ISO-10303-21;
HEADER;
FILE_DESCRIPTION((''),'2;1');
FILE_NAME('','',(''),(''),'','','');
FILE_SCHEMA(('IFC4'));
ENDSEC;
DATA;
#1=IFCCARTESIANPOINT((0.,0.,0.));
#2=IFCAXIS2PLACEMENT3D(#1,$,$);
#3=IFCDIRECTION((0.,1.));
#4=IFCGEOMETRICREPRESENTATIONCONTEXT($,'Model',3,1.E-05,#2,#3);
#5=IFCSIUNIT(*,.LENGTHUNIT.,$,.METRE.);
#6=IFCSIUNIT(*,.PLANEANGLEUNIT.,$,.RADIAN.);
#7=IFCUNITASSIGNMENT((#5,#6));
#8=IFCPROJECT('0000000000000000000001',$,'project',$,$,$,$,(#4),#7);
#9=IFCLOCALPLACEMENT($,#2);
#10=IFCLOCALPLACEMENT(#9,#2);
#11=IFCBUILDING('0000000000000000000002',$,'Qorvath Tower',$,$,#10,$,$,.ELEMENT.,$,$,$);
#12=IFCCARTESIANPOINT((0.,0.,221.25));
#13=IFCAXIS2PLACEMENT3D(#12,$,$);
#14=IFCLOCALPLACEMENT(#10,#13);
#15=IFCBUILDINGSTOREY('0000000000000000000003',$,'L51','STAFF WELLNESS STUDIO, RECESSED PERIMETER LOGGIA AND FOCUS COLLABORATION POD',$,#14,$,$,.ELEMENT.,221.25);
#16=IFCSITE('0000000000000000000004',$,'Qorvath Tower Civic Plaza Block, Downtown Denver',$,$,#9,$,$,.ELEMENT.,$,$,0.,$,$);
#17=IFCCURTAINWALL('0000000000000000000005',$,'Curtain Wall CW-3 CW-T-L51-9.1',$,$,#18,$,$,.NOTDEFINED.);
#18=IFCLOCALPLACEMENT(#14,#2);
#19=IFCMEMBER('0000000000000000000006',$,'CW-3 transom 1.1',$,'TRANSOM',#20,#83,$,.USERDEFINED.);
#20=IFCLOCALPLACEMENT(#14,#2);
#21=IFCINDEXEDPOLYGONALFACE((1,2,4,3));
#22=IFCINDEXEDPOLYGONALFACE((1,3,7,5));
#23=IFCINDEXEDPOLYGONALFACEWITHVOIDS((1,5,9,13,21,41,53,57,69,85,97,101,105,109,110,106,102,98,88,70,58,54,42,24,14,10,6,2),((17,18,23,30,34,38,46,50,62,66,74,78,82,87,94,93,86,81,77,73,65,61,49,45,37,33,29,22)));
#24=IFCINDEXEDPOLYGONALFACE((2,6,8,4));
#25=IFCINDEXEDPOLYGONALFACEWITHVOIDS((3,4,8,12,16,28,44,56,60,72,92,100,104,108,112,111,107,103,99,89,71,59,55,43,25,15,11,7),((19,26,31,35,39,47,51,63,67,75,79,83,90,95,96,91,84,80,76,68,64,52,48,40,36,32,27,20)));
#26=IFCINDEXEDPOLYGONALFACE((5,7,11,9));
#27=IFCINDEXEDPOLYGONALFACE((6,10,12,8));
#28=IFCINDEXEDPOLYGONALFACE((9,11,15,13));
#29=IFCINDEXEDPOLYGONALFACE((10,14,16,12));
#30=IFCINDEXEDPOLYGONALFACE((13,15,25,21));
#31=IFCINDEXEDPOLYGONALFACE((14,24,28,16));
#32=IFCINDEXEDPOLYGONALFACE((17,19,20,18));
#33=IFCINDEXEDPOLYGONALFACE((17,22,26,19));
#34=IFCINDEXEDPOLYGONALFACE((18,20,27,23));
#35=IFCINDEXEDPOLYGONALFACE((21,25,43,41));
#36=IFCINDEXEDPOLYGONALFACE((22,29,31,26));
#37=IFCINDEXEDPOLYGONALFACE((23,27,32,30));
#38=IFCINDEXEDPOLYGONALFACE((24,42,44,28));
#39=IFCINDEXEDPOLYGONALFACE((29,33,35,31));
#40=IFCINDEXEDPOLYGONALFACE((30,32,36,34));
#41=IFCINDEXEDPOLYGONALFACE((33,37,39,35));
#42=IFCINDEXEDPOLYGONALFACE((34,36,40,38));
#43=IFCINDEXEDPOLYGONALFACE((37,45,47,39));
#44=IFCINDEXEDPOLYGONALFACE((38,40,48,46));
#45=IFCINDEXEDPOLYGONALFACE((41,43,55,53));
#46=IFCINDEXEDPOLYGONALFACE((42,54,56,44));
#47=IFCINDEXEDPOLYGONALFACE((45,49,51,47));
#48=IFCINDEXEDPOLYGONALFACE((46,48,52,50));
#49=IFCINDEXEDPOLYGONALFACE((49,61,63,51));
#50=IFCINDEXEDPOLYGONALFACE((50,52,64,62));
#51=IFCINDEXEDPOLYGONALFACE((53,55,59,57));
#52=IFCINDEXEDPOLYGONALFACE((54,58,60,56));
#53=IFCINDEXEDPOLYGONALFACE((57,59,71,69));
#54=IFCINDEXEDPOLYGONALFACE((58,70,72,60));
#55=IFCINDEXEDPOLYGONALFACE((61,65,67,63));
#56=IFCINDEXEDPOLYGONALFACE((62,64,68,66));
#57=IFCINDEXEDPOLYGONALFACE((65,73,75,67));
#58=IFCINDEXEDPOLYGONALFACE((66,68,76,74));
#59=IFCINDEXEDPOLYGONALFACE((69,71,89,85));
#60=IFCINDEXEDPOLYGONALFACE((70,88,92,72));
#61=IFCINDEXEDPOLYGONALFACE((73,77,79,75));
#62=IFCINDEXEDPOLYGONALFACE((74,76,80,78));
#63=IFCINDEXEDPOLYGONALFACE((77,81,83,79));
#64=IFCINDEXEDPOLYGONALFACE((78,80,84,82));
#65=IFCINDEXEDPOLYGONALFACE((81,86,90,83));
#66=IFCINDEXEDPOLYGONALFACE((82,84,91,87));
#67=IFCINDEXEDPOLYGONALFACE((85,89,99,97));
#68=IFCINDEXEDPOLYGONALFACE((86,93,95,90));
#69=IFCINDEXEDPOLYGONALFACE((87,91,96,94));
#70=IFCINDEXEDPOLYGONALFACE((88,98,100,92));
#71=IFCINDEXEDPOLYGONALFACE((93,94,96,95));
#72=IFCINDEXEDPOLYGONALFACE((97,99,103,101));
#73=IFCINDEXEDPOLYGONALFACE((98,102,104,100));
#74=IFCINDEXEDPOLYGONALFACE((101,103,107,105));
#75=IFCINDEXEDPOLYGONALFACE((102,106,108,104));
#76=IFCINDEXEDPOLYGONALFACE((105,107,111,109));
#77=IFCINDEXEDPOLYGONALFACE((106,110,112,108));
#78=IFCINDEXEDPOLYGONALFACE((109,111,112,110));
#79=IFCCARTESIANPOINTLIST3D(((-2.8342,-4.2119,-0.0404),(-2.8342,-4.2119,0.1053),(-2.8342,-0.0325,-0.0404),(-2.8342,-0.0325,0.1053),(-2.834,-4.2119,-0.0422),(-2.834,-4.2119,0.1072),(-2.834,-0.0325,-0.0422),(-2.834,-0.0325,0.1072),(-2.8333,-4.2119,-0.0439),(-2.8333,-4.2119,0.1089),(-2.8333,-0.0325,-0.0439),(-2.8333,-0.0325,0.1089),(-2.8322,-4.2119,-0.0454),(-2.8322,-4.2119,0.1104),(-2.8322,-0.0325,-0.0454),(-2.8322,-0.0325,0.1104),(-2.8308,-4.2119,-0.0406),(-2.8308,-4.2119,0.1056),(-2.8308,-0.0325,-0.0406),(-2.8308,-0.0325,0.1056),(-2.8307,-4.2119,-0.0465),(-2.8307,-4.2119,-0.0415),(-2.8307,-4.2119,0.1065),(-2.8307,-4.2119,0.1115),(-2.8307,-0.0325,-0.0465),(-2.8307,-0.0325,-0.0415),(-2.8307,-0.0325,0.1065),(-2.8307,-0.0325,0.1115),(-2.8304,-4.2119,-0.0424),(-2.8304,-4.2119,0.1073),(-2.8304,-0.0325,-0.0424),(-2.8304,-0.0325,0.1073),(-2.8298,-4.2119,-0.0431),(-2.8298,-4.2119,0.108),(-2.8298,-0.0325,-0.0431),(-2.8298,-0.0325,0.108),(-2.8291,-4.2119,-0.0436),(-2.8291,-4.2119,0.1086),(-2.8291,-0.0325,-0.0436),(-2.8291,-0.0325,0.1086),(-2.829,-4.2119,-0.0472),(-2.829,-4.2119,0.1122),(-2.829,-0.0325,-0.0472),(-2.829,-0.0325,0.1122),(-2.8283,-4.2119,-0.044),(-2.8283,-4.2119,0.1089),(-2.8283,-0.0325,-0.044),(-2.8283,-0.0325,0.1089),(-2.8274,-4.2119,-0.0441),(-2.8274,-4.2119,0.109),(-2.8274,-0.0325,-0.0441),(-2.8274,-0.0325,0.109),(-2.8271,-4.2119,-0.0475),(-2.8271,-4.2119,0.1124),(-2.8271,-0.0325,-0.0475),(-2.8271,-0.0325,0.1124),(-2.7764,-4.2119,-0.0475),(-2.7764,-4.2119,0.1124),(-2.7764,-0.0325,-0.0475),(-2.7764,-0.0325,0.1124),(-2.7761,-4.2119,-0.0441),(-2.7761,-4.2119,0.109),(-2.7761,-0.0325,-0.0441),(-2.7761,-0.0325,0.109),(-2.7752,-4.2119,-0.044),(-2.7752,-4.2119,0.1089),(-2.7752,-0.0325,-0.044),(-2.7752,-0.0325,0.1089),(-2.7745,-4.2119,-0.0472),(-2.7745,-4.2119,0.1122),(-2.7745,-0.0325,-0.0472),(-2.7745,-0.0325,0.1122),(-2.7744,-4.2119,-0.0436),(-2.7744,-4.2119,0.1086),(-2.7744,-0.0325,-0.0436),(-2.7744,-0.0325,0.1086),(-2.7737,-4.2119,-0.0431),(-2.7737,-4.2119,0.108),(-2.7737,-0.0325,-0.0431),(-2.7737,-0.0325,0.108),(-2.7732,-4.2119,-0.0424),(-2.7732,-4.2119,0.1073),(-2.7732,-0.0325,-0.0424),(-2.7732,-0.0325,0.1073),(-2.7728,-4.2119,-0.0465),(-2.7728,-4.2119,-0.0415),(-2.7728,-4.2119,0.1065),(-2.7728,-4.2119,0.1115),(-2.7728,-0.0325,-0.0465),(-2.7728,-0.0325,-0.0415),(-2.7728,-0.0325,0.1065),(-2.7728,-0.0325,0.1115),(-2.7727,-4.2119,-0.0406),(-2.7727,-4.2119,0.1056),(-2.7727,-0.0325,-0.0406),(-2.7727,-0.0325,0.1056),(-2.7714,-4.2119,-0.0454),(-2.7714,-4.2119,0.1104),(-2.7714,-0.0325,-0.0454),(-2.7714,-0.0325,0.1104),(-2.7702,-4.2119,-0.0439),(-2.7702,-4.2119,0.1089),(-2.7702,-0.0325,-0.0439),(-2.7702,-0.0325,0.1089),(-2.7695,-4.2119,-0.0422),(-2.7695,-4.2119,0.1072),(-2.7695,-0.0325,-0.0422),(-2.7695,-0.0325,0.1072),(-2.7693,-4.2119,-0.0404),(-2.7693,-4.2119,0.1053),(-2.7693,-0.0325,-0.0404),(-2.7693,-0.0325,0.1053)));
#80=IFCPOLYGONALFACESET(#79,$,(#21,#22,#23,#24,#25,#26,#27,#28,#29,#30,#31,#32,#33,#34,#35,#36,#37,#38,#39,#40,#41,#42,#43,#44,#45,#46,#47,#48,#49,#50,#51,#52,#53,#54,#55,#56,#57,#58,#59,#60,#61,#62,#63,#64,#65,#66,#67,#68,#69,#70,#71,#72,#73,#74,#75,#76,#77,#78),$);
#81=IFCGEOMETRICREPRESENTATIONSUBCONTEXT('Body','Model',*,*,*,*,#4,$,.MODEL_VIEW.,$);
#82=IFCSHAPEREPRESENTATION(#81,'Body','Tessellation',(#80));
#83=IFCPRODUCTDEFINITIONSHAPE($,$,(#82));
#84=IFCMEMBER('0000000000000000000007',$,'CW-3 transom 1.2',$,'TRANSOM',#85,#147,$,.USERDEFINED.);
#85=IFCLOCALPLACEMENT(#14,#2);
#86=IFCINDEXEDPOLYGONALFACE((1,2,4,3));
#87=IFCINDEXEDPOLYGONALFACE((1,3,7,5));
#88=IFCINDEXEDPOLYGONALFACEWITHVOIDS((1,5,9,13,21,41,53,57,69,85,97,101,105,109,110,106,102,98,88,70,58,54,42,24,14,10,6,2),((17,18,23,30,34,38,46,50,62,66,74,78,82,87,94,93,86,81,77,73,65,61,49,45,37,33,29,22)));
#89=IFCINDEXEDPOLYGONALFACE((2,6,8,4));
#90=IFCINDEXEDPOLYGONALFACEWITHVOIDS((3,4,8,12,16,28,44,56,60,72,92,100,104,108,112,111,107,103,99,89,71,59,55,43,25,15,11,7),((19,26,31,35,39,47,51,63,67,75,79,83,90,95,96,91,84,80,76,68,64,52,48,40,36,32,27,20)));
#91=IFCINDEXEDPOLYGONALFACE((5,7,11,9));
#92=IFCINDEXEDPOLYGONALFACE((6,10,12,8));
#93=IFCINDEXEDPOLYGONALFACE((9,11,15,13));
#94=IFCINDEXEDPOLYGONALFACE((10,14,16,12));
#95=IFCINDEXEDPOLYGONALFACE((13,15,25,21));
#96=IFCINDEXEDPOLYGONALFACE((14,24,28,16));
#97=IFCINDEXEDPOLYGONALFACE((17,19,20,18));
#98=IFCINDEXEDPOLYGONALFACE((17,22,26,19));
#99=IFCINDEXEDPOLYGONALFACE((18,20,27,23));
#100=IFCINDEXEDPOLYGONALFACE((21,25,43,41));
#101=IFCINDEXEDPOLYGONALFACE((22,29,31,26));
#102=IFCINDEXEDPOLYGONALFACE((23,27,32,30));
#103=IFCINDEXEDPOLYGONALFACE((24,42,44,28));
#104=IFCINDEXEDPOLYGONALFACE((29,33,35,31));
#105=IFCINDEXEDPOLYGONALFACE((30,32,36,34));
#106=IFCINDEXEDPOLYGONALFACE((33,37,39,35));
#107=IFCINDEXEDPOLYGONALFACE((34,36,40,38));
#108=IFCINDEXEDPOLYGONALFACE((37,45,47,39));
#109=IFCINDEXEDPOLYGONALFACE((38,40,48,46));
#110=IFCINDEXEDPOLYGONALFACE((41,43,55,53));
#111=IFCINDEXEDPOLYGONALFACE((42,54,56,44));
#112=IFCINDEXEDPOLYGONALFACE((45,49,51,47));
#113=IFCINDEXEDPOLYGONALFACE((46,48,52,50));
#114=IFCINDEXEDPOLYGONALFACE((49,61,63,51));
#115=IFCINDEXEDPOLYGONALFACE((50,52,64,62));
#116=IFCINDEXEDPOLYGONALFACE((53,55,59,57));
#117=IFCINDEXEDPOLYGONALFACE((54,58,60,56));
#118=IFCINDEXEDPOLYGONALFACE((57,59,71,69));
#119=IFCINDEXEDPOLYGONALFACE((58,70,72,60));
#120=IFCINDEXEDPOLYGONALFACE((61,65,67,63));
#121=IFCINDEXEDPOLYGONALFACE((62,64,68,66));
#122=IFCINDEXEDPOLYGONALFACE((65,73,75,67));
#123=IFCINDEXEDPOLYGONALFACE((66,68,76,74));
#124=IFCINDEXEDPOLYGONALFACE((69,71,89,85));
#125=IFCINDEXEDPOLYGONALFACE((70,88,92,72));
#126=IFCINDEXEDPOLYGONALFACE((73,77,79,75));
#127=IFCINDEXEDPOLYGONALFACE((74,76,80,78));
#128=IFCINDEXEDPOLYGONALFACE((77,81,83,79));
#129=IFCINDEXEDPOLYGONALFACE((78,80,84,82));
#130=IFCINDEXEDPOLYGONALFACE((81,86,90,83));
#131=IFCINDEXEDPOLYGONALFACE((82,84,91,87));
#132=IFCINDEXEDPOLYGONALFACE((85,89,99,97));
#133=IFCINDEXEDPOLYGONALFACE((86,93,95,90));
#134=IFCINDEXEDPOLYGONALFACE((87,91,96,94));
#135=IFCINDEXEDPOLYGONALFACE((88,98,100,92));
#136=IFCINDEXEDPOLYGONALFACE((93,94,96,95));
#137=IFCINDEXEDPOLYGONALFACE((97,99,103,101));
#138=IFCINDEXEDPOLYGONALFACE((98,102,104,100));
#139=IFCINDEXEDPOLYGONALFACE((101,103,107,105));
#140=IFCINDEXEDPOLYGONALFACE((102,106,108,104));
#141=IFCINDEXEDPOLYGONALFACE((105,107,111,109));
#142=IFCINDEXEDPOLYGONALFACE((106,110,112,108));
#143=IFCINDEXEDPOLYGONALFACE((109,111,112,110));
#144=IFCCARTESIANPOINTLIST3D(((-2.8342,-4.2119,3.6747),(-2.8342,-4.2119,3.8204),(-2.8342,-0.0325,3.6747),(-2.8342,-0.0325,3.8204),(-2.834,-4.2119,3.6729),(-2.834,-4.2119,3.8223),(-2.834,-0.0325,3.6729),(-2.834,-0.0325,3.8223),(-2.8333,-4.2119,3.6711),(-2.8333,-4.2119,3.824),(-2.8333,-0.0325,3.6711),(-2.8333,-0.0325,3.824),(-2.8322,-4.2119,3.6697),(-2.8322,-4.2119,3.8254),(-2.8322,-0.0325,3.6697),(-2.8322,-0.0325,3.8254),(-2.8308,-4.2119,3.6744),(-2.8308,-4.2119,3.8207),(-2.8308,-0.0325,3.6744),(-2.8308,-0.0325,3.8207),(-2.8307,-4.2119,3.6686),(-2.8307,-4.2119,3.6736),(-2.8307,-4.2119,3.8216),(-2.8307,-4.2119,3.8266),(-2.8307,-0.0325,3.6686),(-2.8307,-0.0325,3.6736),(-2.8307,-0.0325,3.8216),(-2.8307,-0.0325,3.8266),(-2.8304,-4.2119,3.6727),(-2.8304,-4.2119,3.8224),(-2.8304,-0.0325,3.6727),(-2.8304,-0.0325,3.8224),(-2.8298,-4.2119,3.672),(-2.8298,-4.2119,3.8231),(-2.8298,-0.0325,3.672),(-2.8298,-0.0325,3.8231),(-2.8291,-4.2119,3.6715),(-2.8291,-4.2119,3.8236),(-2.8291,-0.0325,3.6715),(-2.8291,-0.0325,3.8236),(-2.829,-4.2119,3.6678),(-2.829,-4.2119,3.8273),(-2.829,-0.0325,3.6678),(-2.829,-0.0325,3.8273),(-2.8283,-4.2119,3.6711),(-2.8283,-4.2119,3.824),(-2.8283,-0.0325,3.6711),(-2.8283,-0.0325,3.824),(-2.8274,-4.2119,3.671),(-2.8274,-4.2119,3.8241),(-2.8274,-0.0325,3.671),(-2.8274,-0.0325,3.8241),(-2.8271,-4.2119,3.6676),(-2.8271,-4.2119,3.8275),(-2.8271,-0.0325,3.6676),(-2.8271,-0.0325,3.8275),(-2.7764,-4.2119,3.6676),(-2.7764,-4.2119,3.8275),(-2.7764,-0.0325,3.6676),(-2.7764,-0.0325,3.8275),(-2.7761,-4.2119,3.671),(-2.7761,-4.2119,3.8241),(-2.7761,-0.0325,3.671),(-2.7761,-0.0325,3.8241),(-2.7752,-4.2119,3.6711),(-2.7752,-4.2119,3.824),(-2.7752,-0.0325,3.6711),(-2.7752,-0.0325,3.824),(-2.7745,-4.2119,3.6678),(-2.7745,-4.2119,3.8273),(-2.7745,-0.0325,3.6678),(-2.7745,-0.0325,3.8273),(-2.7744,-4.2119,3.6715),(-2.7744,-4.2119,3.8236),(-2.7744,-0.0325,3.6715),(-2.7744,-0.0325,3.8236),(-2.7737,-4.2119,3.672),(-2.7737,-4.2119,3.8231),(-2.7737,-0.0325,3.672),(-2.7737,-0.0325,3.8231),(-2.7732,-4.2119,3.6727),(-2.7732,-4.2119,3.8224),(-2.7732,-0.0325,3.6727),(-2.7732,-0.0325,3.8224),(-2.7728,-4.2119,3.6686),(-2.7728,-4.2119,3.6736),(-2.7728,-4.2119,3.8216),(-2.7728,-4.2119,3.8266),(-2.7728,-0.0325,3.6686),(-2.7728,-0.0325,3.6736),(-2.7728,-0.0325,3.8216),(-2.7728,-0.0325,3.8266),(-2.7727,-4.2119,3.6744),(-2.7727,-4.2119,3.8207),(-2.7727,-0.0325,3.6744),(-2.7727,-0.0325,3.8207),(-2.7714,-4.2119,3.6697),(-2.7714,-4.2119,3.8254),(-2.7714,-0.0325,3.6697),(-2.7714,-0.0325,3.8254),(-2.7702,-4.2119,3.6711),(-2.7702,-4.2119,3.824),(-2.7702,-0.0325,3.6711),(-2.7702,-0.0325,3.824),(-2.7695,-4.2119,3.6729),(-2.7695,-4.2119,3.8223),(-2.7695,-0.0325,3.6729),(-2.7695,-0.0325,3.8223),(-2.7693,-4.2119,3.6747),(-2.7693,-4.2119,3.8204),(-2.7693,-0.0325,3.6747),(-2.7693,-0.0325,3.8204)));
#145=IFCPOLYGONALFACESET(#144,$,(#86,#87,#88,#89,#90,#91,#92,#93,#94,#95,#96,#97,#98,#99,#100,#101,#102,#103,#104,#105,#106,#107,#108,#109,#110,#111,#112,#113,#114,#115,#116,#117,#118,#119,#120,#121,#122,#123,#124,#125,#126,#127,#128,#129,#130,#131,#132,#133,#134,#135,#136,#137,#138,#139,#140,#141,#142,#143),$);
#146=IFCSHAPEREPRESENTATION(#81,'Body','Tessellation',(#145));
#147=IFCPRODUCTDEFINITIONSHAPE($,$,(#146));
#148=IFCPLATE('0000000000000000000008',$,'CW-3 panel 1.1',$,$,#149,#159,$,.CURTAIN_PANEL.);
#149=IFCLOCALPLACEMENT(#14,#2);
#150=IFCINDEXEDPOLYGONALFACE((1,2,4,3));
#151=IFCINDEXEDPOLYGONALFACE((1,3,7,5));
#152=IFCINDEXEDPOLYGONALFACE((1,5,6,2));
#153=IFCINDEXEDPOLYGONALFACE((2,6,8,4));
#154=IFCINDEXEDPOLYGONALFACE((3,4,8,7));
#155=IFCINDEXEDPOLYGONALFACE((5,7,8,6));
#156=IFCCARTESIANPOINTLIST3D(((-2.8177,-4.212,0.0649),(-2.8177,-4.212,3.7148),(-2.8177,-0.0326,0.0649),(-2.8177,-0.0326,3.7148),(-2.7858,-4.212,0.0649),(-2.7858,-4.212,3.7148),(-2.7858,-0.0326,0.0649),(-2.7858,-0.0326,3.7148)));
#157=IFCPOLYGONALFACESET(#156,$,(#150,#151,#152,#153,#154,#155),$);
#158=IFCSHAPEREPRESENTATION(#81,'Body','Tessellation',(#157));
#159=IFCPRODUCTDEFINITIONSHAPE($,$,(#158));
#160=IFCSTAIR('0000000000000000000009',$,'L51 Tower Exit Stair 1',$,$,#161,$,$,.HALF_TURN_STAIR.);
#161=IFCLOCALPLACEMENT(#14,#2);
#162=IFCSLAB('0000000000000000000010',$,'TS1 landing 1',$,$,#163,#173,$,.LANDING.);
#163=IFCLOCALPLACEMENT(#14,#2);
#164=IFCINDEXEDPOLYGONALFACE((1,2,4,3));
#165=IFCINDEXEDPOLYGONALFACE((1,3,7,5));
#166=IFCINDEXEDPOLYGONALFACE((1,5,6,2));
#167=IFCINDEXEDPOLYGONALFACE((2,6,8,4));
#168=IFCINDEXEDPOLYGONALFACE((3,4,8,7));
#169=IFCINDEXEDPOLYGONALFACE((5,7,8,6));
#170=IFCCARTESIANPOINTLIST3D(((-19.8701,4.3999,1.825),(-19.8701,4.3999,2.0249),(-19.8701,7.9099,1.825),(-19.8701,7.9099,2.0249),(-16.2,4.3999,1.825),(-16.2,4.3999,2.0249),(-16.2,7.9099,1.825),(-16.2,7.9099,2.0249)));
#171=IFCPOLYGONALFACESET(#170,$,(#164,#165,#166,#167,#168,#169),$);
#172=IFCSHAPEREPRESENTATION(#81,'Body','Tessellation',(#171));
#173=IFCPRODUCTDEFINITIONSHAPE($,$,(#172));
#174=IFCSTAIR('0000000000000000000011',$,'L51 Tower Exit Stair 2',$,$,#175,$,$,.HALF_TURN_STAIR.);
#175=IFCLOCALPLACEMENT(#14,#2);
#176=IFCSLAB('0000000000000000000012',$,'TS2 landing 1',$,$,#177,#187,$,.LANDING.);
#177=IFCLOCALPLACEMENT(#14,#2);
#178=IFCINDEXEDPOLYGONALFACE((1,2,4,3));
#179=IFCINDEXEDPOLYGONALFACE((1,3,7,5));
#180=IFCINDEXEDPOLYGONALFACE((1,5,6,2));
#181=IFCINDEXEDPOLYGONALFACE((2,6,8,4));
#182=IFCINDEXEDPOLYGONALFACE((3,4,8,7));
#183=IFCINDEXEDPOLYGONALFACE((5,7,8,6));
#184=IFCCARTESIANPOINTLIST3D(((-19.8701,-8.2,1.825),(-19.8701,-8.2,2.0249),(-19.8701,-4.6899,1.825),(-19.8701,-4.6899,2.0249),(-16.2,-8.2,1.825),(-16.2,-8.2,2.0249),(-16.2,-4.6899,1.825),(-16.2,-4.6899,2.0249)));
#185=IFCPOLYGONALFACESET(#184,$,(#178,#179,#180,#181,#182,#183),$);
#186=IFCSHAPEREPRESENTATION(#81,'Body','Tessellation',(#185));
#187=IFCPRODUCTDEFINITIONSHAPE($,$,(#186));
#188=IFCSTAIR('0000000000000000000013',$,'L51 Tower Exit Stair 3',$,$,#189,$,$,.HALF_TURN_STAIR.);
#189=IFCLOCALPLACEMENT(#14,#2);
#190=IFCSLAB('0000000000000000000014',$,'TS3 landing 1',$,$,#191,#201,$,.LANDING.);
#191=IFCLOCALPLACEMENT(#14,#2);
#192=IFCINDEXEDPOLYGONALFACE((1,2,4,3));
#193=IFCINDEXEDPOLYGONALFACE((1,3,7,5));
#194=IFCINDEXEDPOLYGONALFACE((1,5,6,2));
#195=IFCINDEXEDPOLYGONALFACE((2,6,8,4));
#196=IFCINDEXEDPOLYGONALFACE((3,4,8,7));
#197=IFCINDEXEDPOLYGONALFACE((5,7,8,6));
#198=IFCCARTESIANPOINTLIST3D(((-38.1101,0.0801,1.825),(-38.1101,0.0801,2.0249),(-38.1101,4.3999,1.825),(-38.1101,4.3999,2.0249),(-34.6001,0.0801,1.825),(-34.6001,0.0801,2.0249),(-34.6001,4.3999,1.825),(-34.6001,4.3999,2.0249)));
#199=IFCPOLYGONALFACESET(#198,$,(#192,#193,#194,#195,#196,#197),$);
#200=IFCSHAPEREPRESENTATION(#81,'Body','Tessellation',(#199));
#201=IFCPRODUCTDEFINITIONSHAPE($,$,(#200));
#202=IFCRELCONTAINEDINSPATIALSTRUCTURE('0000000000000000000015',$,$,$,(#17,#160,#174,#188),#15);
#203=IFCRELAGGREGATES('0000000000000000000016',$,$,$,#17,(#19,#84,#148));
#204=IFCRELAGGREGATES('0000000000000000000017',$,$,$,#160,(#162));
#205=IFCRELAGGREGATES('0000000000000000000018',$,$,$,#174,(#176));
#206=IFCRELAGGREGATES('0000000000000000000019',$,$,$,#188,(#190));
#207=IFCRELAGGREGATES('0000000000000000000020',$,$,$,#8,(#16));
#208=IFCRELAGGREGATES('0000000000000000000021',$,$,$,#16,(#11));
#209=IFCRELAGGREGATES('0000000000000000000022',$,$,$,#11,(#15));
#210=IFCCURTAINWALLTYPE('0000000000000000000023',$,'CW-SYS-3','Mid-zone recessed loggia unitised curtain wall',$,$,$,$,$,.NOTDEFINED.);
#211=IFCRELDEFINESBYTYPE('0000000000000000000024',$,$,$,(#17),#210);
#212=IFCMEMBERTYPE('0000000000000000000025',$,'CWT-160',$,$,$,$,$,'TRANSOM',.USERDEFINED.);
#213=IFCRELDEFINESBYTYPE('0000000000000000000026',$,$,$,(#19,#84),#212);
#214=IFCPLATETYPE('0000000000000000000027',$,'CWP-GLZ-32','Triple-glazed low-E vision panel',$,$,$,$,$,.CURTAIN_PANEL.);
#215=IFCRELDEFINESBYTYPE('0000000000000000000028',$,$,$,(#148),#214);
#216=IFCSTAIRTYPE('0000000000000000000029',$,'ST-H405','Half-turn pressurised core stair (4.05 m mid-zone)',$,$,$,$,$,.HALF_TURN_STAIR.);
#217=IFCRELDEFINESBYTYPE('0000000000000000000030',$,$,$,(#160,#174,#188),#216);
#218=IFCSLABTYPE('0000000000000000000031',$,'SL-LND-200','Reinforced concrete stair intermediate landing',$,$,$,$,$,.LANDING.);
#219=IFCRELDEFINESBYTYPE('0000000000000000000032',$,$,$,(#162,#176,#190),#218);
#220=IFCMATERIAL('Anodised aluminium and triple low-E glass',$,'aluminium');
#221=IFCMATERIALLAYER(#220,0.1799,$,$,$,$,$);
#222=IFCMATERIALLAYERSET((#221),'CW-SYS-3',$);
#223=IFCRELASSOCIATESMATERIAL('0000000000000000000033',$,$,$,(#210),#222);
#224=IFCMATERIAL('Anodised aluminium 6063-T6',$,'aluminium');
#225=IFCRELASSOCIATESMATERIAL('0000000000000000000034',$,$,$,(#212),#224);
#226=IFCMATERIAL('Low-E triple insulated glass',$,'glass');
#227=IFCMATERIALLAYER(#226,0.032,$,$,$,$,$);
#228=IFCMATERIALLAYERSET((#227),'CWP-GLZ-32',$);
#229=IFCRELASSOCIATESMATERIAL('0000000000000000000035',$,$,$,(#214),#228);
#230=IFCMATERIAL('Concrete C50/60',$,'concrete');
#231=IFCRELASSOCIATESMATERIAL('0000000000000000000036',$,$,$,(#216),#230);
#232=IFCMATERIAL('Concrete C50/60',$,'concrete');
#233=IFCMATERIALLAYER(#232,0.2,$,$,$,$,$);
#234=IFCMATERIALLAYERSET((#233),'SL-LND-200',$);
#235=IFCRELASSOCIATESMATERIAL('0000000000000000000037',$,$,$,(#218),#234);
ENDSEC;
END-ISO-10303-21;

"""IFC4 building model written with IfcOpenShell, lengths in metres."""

from ifc_helpers import new_model, si_unit, direction, frame, origin, origin_2d, place, context, subcontext, project, spatial, polyline, rectangle, hollow_rectangle, outline, extrude, material, layer, layer_set, material_profile, profile_set, type_object, element, aggregate, save


model = new_model("IFC4")

# Units and contexts
model_context = context("Model", 3, precision=1e-05, world=origin(), true_north=direction((0.0, 1.0)))
body_context = subcontext(model_context, "Body", "Model", "MODEL_VIEW")
ifc_project = project(units=[si_unit("LENGTHUNIT", "METRE"), si_unit("PLANEANGLEUNIT", "RADIAN")], contexts=[model_context])

# Site, building, storey
site_placement = place(None, origin())
site = spatial("IfcSite", under=ifc_project, at=site_placement, Name="Qorvath Tower Civic Plaza Block, Downtown Denver", CompositionType="ELEMENT", RefElevation=0.0)
building_placement = place(site_placement, origin())
building = spatial("IfcBuilding", under=site, at=building_placement, Name="Qorvath Tower", CompositionType="ELEMENT")
storey_placement = place(building_placement, frame((0.0, 0.0, 221.25)))
storey = spatial("IfcBuildingStorey", under=building, at=storey_placement, Name="L51", Description="STAFF WELLNESS STUDIO, RECESSED PERIMETER LOGGIA AND FOCUS COLLABORATION POD", CompositionType="ELEMENT", Elevation=221.25)

# Curtain wall, members, plate
ifc_material_1 = material(Name="Anodised aluminium and triple low-E glass", Category="aluminium")
ifc_layer_1 = layer(ifc_material_1, 0.1799)
ifc_layer_set_1 = layer_set([ifc_layer_1], Name="CW-SYS-3")
curtain_wall_type = type_object("IfcCurtainWallType", Name="CW-SYS-3", Description="Mid-zone recessed loggia unitised curtain wall", PredefinedType="NOTDEFINED", material=ifc_layer_set_1)
curtain_wall_placement = place(storey_placement, origin())
curtain_wall = element("IfcCurtainWall", 1, at=curtain_wall_placement, inside=storey, type_object=curtain_wall_type, Name="Curtain Wall CW-3 CW-T-L51-9.1", PredefinedType="NOTDEFINED")
ifc_material_2 = material(Name="Anodised aluminium 6063-T6", Category="aluminium")
ifc_material_profile_1 = material_profile(ifc_material_2, hollow_rectangle(XDim=0.0649, YDim=0.1599, WallThickness=0.0034, InnerFilletRadius=0.0034, OuterFilletRadius=0.0071, at=origin_2d()), Name="CWT 160x65")
ifc_profile_set_1 = profile_set([ifc_material_profile_1], Name="Anodised aluminium 6063-T6")
member_type_1 = type_object("IfcMemberType", Name="CWT-160", ElementType="TRANSOM", PredefinedType="USERDEFINED", material=ifc_profile_set_1)
member_1_placement = place(storey_placement, frame((-2.8018, -4.2119, 0.0325), z_axis=(0.0, 1.0, 0.0), x_axis=(-1.0, 0.0, 0.0)))
member_1 = element("IfcMember", 2, at=member_1_placement, type_object=member_type_1, Name="CW-3 transom 1.1", ObjectType="TRANSOM", PredefinedType="USERDEFINED", context=body_context, shape_type="SweptSolid", body=[
    extrude(hollow_rectangle(XDim=0.0649, YDim=0.1599, WallThickness=0.0034, InnerFilletRadius=0.0034, OuterFilletRadius=0.0071, at=origin_2d()), origin(), (0.0, 0.0, 1.0), 4.1794),
])
member_2_placement = place(storey_placement, frame((-2.8018, -4.2119, 3.7476), z_axis=(0.0, 1.0, 0.0), x_axis=(-1.0, 0.0, 0.0)))
member_2 = element("IfcMember", 3, at=member_2_placement, type_object=member_type_1, Name="CW-3 transom 1.2", ObjectType="TRANSOM", PredefinedType="USERDEFINED", context=body_context, shape_type="SweptSolid", body=[
    extrude(hollow_rectangle(XDim=0.0649, YDim=0.1599, WallThickness=0.0034, InnerFilletRadius=0.0034, OuterFilletRadius=0.0071, at=origin_2d()), origin(), (0.0, 0.0, 1.0), 4.1794),
])
ifc_material_3 = material(Name="Low-E triple insulated glass", Category="glass")
ifc_layer_2 = layer(ifc_material_3, 0.032)
ifc_layer_set_2 = layer_set([ifc_layer_2], Name="CWP-GLZ-32")
plate_type = type_object("IfcPlateType", Name="CWP-GLZ-32", Description="Triple-glazed low-E vision panel", PredefinedType="CURTAIN_PANEL", material=ifc_layer_set_2)
plate_placement = place(storey_placement, frame((-2.8018, -2.1223, 0.0649), z_axis=(0.0, 0.0, 1.0), x_axis=(0.0, 1.0, 0.0)))
plate = element("IfcPlate", 4, at=plate_placement, type_object=plate_type, Name="CW-3 panel 1.1", PredefinedType="CURTAIN_PANEL", context=body_context, shape_type="SweptSolid", body=[
    extrude(rectangle(XDim=4.1794, YDim=0.032, at=origin_2d()), origin(), (0.0, 0.0, 1.0), 3.6499),
])
aggregate(curtain_wall, [member_1, member_2, plate])

# Stairs, slabs
ifc_material_4 = material(Name="Concrete C50/60", Category="concrete")
stair_type = type_object("IfcStairType", Name="ST-H405", Description="Half-turn pressurised core stair (4.05 m mid-zone)", PredefinedType="HALF_TURN_STAIR", material=ifc_material_4)
stair_1_placement = place(storey_placement, origin())
stair_1 = element("IfcStair", 5, at=stair_1_placement, inside=storey, type_object=stair_type, Name="L51 Tower Exit Stair 1", PredefinedType="HALF_TURN_STAIR")
ifc_material_5 = material(Name="Concrete C50/60", Category="concrete")
ifc_layer_3 = layer(ifc_material_5, 0.2)
ifc_layer_set_3 = layer_set([ifc_layer_3], Name="SL-LND-200")
slab_type_1 = type_object("IfcSlabType", Name="SL-LND-200", Description="Reinforced concrete stair intermediate landing", PredefinedType="LANDING", material=ifc_layer_set_3)
slab_1_placement = place(storey_placement, frame((0.0, 0.0, 1.825)))
slab_1 = element("IfcSlab", 6, at=slab_1_placement, type_object=slab_type_1, Name="TS1 landing 1", PredefinedType="LANDING", context=body_context, shape_type="SweptSolid", body=[
    extrude(outline(polyline([(-19.8701, 4.3999), (-16.2, 4.3999), (-16.2, 7.9099), (-19.8701, 7.9099), (-19.8701, 4.3999)])), origin(), (0.0, 0.0, 1.0), 0.2),
])
aggregate(stair_1, [slab_1])
stair_2_placement = place(storey_placement, origin())
stair_2 = element("IfcStair", 7, at=stair_2_placement, inside=storey, type_object=stair_type, Name="L51 Tower Exit Stair 2", PredefinedType="HALF_TURN_STAIR")
slab_2_placement = place(storey_placement, frame((0.0, 0.0, 1.825)))
slab_2 = element("IfcSlab", 8, at=slab_2_placement, type_object=slab_type_1, Name="TS2 landing 1", PredefinedType="LANDING", context=body_context, shape_type="SweptSolid", body=[
    extrude(outline(polyline([(-19.8701, -8.2), (-16.2, -8.2), (-16.2, -4.6899), (-19.8701, -4.6899), (-19.8701, -8.2)])), origin(), (0.0, 0.0, 1.0), 0.2),
])
aggregate(stair_2, [slab_2])
stair_3_placement = place(storey_placement, origin())
stair_3 = element("IfcStair", 9, at=stair_3_placement, inside=storey, type_object=stair_type, Name="L51 Tower Exit Stair 3", PredefinedType="HALF_TURN_STAIR")
slab_3_placement = place(storey_placement, frame((0.0, 0.0, 1.825)))
slab_3 = element("IfcSlab", 10, at=slab_3_placement, type_object=slab_type_1, Name="TS3 landing 1", PredefinedType="LANDING", context=body_context, shape_type="SweptSolid", body=[
    extrude(outline(polyline([(-34.6001, 0.0801), (-34.6001, 4.3999), (-38.1101, 4.3999), (-38.1101, 0.0801), (-34.6001, 0.0801)])), origin(), (0.0, 0.0, 1.0), 0.2),
])
aggregate(stair_3, [slab_3])

save(model, "model.ifc")
